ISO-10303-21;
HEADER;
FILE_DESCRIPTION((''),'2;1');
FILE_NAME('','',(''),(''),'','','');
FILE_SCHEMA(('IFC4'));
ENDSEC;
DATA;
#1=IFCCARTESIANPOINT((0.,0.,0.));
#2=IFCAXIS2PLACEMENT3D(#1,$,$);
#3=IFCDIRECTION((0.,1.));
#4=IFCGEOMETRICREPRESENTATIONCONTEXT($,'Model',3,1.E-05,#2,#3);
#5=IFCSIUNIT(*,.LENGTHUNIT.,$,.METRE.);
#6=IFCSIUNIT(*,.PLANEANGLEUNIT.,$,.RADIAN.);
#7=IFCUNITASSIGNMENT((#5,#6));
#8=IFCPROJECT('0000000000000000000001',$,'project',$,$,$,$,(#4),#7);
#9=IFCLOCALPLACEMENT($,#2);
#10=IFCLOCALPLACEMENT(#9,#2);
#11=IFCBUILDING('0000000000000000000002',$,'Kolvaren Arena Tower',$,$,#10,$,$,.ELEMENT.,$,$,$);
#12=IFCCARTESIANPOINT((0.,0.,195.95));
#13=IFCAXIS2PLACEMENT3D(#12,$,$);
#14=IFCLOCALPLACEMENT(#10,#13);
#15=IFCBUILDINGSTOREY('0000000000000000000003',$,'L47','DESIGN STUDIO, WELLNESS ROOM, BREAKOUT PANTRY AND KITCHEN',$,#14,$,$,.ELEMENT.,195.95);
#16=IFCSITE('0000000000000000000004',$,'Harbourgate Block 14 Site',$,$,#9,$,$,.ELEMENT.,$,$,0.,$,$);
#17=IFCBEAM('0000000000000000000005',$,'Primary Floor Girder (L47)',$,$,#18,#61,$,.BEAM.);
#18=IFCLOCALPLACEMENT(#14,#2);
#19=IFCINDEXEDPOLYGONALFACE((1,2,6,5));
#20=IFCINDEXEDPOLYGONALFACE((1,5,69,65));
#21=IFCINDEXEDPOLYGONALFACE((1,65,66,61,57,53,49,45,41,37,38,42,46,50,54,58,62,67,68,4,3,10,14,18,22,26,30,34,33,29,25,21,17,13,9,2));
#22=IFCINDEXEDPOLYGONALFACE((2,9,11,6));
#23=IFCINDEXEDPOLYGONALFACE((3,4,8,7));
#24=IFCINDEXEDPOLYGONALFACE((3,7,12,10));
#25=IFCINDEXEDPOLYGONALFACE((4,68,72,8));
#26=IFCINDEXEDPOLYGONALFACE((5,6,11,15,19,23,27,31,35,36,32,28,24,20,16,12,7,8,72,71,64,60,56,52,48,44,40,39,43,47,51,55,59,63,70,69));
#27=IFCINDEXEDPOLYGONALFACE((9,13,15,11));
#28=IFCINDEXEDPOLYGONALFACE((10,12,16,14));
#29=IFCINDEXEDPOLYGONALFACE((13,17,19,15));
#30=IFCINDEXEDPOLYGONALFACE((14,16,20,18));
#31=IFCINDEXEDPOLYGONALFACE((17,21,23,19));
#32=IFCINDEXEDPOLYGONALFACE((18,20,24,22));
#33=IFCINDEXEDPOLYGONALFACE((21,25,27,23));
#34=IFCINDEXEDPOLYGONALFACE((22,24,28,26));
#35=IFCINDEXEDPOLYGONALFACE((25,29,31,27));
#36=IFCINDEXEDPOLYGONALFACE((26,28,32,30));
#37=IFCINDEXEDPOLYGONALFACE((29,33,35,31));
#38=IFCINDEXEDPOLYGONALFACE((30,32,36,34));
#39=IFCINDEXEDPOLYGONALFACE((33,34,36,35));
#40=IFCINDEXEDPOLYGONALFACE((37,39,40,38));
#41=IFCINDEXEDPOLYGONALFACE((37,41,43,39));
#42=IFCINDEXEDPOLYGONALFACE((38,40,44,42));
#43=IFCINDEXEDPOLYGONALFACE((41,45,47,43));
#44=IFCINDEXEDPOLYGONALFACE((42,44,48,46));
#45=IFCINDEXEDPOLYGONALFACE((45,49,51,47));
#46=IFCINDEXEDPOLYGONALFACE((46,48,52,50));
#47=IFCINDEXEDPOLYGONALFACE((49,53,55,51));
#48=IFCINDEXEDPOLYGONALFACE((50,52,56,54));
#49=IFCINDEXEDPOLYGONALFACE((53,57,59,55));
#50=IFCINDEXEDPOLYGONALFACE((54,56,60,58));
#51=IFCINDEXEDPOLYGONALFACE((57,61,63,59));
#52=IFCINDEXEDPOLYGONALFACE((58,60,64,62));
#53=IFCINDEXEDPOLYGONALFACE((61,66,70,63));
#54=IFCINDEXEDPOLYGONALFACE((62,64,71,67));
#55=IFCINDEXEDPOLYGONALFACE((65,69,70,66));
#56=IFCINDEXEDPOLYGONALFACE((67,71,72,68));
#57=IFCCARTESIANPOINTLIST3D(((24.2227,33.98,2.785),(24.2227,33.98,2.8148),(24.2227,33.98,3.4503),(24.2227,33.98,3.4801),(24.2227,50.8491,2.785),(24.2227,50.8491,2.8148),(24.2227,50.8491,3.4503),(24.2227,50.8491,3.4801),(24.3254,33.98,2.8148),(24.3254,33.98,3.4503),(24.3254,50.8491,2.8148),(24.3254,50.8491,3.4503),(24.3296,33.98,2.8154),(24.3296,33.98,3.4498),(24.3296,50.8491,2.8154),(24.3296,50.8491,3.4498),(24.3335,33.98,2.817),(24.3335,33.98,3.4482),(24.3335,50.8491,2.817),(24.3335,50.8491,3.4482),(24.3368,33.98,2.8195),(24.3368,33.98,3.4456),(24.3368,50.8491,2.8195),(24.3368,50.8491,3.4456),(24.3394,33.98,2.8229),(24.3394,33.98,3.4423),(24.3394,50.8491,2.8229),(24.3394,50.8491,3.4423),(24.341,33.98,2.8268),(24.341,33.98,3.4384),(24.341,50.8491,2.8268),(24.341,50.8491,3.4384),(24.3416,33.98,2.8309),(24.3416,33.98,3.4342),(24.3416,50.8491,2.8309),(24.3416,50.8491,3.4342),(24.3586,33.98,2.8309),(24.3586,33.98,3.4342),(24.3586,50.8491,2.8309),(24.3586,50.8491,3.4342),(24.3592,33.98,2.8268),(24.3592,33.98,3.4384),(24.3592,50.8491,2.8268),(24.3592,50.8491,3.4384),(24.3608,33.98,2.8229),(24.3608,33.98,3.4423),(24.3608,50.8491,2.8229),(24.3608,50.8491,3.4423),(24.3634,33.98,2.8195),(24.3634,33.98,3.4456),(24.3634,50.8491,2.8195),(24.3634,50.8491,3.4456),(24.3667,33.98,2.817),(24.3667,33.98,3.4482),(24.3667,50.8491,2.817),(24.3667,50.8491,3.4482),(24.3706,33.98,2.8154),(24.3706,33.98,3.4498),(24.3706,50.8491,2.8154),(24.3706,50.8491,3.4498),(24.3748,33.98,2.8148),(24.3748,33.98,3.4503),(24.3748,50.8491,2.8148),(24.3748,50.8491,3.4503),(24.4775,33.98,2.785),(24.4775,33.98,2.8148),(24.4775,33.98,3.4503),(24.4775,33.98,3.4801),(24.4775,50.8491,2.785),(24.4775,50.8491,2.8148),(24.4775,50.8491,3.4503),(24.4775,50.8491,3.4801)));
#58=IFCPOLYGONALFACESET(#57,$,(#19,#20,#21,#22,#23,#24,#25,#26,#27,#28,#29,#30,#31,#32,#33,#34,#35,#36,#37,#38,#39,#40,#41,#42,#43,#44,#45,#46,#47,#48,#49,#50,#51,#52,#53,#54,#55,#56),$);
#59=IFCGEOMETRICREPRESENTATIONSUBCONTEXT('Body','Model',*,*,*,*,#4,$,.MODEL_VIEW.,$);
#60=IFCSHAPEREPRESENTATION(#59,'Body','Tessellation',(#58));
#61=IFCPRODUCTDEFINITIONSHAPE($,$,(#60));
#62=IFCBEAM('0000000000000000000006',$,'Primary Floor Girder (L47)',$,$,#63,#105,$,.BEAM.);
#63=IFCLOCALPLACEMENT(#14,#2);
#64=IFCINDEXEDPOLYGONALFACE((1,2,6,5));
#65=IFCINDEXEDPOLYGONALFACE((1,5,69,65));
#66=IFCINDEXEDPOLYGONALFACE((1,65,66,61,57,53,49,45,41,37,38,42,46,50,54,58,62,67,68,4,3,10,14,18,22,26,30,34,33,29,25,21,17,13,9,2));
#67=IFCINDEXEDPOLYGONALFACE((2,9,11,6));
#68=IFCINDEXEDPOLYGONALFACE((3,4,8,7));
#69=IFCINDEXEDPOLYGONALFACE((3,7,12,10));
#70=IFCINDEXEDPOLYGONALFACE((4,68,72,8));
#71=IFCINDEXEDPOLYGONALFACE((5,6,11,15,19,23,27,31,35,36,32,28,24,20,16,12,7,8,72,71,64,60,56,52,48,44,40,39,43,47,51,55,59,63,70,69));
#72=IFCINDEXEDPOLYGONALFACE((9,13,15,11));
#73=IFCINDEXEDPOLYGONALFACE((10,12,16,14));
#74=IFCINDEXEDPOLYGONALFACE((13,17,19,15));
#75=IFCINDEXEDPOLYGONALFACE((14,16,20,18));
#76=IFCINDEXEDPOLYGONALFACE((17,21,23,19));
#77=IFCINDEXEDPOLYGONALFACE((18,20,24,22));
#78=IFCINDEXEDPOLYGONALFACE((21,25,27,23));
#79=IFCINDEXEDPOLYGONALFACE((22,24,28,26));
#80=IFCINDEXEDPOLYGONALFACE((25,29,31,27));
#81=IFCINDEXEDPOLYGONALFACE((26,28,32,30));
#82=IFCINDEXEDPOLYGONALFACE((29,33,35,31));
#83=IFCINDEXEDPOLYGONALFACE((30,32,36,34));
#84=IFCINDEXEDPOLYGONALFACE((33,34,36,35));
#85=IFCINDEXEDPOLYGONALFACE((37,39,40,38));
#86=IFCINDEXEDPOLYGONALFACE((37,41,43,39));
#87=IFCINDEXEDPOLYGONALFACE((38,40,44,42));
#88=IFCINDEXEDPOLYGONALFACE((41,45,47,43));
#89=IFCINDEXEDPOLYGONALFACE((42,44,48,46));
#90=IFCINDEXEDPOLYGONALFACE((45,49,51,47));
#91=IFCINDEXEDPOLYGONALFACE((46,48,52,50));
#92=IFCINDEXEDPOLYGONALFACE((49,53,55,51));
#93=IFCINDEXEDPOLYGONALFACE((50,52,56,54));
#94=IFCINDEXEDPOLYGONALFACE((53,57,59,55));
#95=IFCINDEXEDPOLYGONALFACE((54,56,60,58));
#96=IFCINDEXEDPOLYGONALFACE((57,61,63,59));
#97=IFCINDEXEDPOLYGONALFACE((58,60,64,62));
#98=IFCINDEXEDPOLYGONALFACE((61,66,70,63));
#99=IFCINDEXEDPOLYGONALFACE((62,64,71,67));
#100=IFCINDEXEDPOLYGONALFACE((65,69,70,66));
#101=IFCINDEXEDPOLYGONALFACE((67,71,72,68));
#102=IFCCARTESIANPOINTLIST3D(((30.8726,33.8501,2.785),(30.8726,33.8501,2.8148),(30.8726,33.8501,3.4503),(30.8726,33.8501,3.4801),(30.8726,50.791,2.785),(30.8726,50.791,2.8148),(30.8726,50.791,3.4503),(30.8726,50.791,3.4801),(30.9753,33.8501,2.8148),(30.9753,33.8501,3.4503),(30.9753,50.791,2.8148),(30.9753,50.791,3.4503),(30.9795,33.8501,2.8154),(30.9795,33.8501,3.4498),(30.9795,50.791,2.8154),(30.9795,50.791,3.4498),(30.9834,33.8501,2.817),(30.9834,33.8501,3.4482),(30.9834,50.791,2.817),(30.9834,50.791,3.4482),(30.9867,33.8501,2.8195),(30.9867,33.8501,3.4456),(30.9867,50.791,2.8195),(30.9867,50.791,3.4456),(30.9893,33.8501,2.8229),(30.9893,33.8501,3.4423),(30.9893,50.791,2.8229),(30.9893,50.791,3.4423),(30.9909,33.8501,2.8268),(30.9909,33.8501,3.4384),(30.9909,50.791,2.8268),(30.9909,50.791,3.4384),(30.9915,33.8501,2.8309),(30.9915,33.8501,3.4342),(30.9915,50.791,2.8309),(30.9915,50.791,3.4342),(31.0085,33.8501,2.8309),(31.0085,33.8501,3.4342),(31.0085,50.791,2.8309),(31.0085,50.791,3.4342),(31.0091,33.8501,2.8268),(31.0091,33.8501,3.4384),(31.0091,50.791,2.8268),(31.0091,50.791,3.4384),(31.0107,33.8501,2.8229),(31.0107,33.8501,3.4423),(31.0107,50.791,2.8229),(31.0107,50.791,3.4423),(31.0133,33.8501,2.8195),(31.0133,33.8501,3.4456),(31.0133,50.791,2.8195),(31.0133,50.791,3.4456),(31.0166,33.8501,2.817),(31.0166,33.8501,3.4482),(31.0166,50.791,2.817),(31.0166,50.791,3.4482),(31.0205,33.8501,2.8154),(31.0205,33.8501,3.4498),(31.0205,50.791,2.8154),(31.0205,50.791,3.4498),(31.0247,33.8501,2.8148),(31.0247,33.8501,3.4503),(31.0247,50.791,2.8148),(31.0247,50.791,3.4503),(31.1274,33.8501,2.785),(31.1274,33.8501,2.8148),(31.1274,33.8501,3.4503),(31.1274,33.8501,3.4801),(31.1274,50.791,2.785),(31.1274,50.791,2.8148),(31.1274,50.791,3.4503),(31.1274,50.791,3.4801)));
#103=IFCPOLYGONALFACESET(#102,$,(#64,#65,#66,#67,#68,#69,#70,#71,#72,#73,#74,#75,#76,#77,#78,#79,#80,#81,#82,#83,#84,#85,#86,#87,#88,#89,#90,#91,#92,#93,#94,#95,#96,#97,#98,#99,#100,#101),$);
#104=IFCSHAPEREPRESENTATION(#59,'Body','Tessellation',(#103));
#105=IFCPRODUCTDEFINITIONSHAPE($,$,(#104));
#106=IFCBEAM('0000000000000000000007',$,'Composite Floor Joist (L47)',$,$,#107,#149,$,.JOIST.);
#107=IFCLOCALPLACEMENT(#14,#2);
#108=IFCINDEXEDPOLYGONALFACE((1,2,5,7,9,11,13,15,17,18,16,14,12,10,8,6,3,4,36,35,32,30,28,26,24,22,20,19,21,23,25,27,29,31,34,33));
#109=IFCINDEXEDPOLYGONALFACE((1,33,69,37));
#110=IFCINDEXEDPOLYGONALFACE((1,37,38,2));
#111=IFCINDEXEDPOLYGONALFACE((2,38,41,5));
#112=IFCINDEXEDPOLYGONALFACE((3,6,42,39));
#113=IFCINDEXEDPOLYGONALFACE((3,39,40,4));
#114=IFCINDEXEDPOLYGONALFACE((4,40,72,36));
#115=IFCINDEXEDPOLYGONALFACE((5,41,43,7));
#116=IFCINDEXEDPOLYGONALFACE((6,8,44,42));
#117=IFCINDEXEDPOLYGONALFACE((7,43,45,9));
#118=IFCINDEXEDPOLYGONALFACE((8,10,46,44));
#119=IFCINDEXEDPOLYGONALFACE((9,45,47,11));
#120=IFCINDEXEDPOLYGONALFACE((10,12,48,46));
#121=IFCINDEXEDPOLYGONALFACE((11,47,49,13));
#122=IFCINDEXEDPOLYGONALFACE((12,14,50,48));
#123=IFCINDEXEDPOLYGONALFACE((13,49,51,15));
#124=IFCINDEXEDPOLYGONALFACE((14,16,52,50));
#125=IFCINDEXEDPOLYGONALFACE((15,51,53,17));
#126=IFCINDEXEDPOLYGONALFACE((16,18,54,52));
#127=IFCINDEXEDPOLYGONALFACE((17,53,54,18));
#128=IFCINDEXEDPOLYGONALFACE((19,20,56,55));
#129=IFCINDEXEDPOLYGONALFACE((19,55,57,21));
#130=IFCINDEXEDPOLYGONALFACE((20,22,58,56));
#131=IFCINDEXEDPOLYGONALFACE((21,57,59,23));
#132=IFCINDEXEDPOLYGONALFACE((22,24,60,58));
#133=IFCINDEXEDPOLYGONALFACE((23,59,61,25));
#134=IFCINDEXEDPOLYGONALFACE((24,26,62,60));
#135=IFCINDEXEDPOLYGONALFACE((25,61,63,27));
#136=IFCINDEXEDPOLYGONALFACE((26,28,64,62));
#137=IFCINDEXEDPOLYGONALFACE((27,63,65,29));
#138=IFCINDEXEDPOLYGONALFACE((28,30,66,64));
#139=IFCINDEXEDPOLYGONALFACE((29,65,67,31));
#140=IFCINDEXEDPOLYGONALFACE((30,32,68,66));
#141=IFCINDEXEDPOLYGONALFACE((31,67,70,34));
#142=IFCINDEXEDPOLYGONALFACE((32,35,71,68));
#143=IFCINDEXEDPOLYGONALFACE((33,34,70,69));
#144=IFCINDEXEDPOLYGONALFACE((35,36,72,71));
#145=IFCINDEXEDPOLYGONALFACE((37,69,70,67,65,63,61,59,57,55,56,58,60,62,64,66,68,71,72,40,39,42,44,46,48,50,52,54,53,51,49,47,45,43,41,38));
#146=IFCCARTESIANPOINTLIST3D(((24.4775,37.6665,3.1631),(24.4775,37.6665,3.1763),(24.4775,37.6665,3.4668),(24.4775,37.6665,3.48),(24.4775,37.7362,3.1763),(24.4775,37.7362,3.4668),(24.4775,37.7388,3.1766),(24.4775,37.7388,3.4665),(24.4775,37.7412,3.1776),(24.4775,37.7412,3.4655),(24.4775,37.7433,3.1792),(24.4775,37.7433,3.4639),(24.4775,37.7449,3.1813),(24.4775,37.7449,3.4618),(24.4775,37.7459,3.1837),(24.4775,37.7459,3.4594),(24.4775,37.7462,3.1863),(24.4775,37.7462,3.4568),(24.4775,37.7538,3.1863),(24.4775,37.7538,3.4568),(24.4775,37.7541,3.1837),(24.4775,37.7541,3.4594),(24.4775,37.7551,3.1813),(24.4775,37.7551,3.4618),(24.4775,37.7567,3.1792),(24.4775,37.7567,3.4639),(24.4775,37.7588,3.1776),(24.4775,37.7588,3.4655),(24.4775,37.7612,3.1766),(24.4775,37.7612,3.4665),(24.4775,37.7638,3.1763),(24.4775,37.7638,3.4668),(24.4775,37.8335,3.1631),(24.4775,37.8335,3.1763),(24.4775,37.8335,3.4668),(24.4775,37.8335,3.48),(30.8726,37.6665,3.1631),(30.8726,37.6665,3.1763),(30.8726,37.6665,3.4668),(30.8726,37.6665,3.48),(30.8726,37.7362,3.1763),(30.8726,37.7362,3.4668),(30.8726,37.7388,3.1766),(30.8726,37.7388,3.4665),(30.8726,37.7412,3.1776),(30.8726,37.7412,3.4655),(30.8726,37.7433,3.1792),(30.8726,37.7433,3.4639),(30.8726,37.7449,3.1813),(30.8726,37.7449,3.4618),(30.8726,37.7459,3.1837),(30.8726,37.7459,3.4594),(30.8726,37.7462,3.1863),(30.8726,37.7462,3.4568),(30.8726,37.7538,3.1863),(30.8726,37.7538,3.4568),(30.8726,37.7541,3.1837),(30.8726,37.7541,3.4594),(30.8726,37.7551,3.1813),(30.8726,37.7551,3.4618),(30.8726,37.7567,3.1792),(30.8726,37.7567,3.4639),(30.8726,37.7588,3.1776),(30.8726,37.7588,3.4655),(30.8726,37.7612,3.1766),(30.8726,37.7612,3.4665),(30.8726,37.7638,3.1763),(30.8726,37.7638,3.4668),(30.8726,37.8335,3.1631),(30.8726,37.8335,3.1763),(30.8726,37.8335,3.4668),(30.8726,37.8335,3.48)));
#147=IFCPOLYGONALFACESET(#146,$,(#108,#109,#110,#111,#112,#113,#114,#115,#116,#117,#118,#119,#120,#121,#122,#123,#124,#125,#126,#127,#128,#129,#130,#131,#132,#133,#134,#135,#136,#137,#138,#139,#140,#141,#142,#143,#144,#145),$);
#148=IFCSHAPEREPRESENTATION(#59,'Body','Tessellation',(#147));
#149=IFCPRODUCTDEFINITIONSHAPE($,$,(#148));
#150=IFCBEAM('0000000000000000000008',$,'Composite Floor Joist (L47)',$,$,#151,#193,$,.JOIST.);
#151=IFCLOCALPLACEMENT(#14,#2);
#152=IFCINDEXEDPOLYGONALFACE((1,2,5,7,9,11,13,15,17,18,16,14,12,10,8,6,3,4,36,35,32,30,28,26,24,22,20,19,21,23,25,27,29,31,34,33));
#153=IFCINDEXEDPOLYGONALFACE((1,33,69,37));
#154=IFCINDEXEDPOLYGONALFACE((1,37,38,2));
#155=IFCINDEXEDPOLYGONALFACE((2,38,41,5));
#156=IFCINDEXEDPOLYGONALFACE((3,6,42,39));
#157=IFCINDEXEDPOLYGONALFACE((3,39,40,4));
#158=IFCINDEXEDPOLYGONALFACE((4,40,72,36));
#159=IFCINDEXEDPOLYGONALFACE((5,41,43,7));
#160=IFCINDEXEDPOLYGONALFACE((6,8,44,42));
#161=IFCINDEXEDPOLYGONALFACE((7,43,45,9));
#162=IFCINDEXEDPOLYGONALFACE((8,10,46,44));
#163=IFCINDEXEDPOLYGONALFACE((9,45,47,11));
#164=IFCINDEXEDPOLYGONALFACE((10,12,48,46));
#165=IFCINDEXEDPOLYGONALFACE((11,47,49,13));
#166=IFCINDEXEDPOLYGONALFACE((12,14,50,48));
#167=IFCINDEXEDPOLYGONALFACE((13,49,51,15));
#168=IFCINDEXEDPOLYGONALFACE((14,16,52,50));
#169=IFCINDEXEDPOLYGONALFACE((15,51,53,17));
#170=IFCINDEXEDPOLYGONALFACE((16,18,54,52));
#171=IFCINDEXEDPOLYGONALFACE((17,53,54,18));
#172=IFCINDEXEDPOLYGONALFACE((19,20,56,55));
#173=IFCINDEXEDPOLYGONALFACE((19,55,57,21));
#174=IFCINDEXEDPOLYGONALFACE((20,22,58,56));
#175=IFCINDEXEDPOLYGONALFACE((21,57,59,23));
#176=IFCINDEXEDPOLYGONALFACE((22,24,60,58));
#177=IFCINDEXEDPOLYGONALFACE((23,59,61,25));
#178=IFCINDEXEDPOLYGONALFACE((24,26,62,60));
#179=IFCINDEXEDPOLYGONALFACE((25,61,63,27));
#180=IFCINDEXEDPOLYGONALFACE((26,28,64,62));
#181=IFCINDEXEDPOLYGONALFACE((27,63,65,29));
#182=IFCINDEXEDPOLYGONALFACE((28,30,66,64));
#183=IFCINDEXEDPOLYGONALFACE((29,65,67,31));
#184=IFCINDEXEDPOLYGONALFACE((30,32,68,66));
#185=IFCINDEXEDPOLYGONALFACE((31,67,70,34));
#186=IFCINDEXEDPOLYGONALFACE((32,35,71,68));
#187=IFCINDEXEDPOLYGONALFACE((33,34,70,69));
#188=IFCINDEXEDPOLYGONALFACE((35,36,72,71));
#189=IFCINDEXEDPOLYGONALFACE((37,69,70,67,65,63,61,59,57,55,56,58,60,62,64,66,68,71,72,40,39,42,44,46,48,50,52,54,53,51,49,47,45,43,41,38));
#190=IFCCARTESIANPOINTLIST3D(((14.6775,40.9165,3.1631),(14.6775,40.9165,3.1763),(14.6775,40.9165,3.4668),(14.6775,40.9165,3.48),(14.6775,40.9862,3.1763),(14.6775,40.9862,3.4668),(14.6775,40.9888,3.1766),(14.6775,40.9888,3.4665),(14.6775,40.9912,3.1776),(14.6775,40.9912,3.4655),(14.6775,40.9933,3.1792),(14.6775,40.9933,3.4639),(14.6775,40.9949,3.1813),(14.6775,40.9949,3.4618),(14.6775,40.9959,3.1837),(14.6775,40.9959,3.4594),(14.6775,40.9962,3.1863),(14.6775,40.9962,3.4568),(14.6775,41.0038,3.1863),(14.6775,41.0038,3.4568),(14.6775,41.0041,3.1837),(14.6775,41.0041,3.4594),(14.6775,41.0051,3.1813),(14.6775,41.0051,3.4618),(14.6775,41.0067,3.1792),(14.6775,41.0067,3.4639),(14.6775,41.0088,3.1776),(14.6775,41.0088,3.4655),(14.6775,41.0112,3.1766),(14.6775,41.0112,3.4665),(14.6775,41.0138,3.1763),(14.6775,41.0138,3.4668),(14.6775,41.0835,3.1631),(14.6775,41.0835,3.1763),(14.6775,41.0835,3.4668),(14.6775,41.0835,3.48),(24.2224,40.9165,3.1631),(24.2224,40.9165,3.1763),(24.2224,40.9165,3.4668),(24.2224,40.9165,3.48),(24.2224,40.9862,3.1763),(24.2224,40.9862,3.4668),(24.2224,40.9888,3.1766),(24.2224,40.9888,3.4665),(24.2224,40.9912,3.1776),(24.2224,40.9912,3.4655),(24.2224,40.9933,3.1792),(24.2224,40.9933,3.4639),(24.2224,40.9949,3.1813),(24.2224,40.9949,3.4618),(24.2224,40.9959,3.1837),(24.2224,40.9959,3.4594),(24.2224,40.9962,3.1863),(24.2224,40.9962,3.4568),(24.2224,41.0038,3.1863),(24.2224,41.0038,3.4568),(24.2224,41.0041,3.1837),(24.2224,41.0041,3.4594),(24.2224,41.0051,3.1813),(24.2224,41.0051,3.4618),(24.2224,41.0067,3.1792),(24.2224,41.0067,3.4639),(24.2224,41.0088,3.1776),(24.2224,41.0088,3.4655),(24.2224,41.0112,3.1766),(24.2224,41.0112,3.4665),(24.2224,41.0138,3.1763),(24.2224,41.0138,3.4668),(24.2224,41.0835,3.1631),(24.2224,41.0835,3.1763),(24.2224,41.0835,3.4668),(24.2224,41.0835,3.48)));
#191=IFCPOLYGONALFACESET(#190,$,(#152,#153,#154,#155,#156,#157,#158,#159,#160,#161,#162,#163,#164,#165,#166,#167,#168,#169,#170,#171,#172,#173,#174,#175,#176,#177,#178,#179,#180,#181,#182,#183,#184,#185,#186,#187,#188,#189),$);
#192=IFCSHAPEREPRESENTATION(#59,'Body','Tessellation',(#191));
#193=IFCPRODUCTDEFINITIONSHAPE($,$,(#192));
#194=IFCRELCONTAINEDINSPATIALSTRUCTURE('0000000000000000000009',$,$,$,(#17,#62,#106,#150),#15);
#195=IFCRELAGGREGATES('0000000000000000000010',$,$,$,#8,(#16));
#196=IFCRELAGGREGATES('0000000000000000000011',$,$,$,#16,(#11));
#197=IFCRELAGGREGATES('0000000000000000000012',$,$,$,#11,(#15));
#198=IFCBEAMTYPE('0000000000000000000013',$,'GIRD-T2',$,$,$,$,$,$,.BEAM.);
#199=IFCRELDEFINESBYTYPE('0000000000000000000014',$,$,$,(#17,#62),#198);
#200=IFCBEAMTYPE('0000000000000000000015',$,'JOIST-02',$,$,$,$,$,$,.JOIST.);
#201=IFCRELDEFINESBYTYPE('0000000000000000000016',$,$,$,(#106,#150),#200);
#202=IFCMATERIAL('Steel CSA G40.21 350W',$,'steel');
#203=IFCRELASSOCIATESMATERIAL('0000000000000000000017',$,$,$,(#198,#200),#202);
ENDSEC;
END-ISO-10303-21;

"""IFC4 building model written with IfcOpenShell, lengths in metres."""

from ifc_helpers import new_model, si_unit, direction, frame, origin, origin_2d, place, context, subcontext, project, spatial, i_section, extrude, material, material_profile, profile_set, type_object, element, save


model = new_model("IFC4")

# Units and contexts
model_context = context("Model", 3, precision=1e-05, world=origin(), true_north=direction((0.0, 1.0)))
body_context = subcontext(model_context, "Body", "Model", "MODEL_VIEW")
ifc_project = project(units=[si_unit("LENGTHUNIT", "METRE"), si_unit("PLANEANGLEUNIT", "RADIAN")], contexts=[model_context])

# Site, building, storey
site_placement = place(None, origin())
site = spatial("IfcSite", under=ifc_project, at=site_placement, Name="Harbourgate Block 14 Site", CompositionType="ELEMENT", RefElevation=0.0)
building_placement = place(site_placement, origin())
building = spatial("IfcBuilding", under=site, at=building_placement, Name="Kolvaren Arena Tower", CompositionType="ELEMENT")
storey_placement = place(building_placement, frame((0.0, 0.0, 195.95)))
storey = spatial("IfcBuildingStorey", under=building, at=storey_placement, Name="L47", Description="DESIGN STUDIO, WELLNESS ROOM, BREAKOUT PANTRY AND KITCHEN", CompositionType="ELEMENT", Elevation=195.95)

# Beams
ifc_material_1 = material(Name="Steel CSA G40.21 350W", Category="steel")
ifc_material_profile_1 = material_profile(ifc_material_1, i_section(OverallWidth=0.2549, OverallDepth=0.6951, WebThickness=0.0171, FlangeThickness=0.0298, FilletRadius=0.0161, at=origin_2d()), Name="W690x217")
ifc_profile_set_1 = profile_set([ifc_material_profile_1], Name="Steel CSA G40.21 350W")
beam_type_1 = type_object("IfcBeamType", Name="GIRD-T2", PredefinedType="BEAM", material=ifc_profile_set_1)
beam_1_placement = place(storey_placement, frame((24.3501, 33.98, 3.1326), z_axis=(0.0, 1.0, 0.0), x_axis=(-1.0, 0.0, 0.0)))
element("IfcBeam", 1, at=beam_1_placement, inside=storey, type_object=beam_type_1, Name="Primary Floor Girder (L47)", PredefinedType="BEAM", context=body_context, shape_type="SweptSolid", body=[
    extrude(i_section(OverallWidth=0.2549, OverallDepth=0.6951, WebThickness=0.0171, FlangeThickness=0.0298, FilletRadius=0.0161, at=origin_2d()), origin(), (0.0, 0.0, 1.0), 16.8691),
])
beam_2_placement = place(storey_placement, frame((31.0, 33.8501, 3.1326), z_axis=(0.0, 1.0, 0.0), x_axis=(-1.0, 0.0, 0.0)))
element("IfcBeam", 2, at=beam_2_placement, inside=storey, type_object=beam_type_1, Name="Primary Floor Girder (L47)", PredefinedType="BEAM", context=body_context, shape_type="SweptSolid", body=[
    extrude(i_section(OverallWidth=0.2549, OverallDepth=0.6951, WebThickness=0.0171, FlangeThickness=0.0298, FilletRadius=0.0161, at=origin_2d()), origin(), (0.0, 0.0, 1.0), 16.9409),
])
ifc_material_profile_2 = material_profile(ifc_material_1, i_section(OverallWidth=0.167, OverallDepth=0.3169, WebThickness=0.0076, FlangeThickness=0.0132, FilletRadius=0.01, at=origin_2d()), Name="W310x52")
ifc_profile_set_2 = profile_set([ifc_material_profile_2], Name="Steel CSA G40.21 350W")
beam_type_2 = type_object("IfcBeamType", Name="JOIST-02", PredefinedType="JOIST", material=ifc_profile_set_2)
beam_3_placement = place(storey_placement, frame((24.4775, 37.75, 3.3215), z_axis=(1.0, 0.0, 0.0), x_axis=(0.0, 1.0, 0.0)))
element("IfcBeam", 3, at=beam_3_placement, inside=storey, type_object=beam_type_2, Name="Composite Floor Joist (L47)", PredefinedType="JOIST", context=body_context, shape_type="SweptSolid", body=[
    extrude(i_section(OverallWidth=0.167, OverallDepth=0.3169, WebThickness=0.0076, FlangeThickness=0.0132, FilletRadius=0.01, at=origin_2d()), origin(), (0.0, 0.0, 1.0), 6.395),
])
beam_4_placement = place(storey_placement, frame((14.6775, 41.0, 3.3215), z_axis=(1.0, 0.0, 0.0), x_axis=(0.0, 1.0, 0.0)))
element("IfcBeam", 4, at=beam_4_placement, inside=storey, type_object=beam_type_2, Name="Composite Floor Joist (L47)", PredefinedType="JOIST", context=body_context, shape_type="SweptSolid", body=[
    extrude(i_section(OverallWidth=0.167, OverallDepth=0.3169, WebThickness=0.0076, FlangeThickness=0.0132, FilletRadius=0.01, at=origin_2d()), origin(), (0.0, 0.0, 1.0), 9.5449),
])

save(model, "model.ifc")
